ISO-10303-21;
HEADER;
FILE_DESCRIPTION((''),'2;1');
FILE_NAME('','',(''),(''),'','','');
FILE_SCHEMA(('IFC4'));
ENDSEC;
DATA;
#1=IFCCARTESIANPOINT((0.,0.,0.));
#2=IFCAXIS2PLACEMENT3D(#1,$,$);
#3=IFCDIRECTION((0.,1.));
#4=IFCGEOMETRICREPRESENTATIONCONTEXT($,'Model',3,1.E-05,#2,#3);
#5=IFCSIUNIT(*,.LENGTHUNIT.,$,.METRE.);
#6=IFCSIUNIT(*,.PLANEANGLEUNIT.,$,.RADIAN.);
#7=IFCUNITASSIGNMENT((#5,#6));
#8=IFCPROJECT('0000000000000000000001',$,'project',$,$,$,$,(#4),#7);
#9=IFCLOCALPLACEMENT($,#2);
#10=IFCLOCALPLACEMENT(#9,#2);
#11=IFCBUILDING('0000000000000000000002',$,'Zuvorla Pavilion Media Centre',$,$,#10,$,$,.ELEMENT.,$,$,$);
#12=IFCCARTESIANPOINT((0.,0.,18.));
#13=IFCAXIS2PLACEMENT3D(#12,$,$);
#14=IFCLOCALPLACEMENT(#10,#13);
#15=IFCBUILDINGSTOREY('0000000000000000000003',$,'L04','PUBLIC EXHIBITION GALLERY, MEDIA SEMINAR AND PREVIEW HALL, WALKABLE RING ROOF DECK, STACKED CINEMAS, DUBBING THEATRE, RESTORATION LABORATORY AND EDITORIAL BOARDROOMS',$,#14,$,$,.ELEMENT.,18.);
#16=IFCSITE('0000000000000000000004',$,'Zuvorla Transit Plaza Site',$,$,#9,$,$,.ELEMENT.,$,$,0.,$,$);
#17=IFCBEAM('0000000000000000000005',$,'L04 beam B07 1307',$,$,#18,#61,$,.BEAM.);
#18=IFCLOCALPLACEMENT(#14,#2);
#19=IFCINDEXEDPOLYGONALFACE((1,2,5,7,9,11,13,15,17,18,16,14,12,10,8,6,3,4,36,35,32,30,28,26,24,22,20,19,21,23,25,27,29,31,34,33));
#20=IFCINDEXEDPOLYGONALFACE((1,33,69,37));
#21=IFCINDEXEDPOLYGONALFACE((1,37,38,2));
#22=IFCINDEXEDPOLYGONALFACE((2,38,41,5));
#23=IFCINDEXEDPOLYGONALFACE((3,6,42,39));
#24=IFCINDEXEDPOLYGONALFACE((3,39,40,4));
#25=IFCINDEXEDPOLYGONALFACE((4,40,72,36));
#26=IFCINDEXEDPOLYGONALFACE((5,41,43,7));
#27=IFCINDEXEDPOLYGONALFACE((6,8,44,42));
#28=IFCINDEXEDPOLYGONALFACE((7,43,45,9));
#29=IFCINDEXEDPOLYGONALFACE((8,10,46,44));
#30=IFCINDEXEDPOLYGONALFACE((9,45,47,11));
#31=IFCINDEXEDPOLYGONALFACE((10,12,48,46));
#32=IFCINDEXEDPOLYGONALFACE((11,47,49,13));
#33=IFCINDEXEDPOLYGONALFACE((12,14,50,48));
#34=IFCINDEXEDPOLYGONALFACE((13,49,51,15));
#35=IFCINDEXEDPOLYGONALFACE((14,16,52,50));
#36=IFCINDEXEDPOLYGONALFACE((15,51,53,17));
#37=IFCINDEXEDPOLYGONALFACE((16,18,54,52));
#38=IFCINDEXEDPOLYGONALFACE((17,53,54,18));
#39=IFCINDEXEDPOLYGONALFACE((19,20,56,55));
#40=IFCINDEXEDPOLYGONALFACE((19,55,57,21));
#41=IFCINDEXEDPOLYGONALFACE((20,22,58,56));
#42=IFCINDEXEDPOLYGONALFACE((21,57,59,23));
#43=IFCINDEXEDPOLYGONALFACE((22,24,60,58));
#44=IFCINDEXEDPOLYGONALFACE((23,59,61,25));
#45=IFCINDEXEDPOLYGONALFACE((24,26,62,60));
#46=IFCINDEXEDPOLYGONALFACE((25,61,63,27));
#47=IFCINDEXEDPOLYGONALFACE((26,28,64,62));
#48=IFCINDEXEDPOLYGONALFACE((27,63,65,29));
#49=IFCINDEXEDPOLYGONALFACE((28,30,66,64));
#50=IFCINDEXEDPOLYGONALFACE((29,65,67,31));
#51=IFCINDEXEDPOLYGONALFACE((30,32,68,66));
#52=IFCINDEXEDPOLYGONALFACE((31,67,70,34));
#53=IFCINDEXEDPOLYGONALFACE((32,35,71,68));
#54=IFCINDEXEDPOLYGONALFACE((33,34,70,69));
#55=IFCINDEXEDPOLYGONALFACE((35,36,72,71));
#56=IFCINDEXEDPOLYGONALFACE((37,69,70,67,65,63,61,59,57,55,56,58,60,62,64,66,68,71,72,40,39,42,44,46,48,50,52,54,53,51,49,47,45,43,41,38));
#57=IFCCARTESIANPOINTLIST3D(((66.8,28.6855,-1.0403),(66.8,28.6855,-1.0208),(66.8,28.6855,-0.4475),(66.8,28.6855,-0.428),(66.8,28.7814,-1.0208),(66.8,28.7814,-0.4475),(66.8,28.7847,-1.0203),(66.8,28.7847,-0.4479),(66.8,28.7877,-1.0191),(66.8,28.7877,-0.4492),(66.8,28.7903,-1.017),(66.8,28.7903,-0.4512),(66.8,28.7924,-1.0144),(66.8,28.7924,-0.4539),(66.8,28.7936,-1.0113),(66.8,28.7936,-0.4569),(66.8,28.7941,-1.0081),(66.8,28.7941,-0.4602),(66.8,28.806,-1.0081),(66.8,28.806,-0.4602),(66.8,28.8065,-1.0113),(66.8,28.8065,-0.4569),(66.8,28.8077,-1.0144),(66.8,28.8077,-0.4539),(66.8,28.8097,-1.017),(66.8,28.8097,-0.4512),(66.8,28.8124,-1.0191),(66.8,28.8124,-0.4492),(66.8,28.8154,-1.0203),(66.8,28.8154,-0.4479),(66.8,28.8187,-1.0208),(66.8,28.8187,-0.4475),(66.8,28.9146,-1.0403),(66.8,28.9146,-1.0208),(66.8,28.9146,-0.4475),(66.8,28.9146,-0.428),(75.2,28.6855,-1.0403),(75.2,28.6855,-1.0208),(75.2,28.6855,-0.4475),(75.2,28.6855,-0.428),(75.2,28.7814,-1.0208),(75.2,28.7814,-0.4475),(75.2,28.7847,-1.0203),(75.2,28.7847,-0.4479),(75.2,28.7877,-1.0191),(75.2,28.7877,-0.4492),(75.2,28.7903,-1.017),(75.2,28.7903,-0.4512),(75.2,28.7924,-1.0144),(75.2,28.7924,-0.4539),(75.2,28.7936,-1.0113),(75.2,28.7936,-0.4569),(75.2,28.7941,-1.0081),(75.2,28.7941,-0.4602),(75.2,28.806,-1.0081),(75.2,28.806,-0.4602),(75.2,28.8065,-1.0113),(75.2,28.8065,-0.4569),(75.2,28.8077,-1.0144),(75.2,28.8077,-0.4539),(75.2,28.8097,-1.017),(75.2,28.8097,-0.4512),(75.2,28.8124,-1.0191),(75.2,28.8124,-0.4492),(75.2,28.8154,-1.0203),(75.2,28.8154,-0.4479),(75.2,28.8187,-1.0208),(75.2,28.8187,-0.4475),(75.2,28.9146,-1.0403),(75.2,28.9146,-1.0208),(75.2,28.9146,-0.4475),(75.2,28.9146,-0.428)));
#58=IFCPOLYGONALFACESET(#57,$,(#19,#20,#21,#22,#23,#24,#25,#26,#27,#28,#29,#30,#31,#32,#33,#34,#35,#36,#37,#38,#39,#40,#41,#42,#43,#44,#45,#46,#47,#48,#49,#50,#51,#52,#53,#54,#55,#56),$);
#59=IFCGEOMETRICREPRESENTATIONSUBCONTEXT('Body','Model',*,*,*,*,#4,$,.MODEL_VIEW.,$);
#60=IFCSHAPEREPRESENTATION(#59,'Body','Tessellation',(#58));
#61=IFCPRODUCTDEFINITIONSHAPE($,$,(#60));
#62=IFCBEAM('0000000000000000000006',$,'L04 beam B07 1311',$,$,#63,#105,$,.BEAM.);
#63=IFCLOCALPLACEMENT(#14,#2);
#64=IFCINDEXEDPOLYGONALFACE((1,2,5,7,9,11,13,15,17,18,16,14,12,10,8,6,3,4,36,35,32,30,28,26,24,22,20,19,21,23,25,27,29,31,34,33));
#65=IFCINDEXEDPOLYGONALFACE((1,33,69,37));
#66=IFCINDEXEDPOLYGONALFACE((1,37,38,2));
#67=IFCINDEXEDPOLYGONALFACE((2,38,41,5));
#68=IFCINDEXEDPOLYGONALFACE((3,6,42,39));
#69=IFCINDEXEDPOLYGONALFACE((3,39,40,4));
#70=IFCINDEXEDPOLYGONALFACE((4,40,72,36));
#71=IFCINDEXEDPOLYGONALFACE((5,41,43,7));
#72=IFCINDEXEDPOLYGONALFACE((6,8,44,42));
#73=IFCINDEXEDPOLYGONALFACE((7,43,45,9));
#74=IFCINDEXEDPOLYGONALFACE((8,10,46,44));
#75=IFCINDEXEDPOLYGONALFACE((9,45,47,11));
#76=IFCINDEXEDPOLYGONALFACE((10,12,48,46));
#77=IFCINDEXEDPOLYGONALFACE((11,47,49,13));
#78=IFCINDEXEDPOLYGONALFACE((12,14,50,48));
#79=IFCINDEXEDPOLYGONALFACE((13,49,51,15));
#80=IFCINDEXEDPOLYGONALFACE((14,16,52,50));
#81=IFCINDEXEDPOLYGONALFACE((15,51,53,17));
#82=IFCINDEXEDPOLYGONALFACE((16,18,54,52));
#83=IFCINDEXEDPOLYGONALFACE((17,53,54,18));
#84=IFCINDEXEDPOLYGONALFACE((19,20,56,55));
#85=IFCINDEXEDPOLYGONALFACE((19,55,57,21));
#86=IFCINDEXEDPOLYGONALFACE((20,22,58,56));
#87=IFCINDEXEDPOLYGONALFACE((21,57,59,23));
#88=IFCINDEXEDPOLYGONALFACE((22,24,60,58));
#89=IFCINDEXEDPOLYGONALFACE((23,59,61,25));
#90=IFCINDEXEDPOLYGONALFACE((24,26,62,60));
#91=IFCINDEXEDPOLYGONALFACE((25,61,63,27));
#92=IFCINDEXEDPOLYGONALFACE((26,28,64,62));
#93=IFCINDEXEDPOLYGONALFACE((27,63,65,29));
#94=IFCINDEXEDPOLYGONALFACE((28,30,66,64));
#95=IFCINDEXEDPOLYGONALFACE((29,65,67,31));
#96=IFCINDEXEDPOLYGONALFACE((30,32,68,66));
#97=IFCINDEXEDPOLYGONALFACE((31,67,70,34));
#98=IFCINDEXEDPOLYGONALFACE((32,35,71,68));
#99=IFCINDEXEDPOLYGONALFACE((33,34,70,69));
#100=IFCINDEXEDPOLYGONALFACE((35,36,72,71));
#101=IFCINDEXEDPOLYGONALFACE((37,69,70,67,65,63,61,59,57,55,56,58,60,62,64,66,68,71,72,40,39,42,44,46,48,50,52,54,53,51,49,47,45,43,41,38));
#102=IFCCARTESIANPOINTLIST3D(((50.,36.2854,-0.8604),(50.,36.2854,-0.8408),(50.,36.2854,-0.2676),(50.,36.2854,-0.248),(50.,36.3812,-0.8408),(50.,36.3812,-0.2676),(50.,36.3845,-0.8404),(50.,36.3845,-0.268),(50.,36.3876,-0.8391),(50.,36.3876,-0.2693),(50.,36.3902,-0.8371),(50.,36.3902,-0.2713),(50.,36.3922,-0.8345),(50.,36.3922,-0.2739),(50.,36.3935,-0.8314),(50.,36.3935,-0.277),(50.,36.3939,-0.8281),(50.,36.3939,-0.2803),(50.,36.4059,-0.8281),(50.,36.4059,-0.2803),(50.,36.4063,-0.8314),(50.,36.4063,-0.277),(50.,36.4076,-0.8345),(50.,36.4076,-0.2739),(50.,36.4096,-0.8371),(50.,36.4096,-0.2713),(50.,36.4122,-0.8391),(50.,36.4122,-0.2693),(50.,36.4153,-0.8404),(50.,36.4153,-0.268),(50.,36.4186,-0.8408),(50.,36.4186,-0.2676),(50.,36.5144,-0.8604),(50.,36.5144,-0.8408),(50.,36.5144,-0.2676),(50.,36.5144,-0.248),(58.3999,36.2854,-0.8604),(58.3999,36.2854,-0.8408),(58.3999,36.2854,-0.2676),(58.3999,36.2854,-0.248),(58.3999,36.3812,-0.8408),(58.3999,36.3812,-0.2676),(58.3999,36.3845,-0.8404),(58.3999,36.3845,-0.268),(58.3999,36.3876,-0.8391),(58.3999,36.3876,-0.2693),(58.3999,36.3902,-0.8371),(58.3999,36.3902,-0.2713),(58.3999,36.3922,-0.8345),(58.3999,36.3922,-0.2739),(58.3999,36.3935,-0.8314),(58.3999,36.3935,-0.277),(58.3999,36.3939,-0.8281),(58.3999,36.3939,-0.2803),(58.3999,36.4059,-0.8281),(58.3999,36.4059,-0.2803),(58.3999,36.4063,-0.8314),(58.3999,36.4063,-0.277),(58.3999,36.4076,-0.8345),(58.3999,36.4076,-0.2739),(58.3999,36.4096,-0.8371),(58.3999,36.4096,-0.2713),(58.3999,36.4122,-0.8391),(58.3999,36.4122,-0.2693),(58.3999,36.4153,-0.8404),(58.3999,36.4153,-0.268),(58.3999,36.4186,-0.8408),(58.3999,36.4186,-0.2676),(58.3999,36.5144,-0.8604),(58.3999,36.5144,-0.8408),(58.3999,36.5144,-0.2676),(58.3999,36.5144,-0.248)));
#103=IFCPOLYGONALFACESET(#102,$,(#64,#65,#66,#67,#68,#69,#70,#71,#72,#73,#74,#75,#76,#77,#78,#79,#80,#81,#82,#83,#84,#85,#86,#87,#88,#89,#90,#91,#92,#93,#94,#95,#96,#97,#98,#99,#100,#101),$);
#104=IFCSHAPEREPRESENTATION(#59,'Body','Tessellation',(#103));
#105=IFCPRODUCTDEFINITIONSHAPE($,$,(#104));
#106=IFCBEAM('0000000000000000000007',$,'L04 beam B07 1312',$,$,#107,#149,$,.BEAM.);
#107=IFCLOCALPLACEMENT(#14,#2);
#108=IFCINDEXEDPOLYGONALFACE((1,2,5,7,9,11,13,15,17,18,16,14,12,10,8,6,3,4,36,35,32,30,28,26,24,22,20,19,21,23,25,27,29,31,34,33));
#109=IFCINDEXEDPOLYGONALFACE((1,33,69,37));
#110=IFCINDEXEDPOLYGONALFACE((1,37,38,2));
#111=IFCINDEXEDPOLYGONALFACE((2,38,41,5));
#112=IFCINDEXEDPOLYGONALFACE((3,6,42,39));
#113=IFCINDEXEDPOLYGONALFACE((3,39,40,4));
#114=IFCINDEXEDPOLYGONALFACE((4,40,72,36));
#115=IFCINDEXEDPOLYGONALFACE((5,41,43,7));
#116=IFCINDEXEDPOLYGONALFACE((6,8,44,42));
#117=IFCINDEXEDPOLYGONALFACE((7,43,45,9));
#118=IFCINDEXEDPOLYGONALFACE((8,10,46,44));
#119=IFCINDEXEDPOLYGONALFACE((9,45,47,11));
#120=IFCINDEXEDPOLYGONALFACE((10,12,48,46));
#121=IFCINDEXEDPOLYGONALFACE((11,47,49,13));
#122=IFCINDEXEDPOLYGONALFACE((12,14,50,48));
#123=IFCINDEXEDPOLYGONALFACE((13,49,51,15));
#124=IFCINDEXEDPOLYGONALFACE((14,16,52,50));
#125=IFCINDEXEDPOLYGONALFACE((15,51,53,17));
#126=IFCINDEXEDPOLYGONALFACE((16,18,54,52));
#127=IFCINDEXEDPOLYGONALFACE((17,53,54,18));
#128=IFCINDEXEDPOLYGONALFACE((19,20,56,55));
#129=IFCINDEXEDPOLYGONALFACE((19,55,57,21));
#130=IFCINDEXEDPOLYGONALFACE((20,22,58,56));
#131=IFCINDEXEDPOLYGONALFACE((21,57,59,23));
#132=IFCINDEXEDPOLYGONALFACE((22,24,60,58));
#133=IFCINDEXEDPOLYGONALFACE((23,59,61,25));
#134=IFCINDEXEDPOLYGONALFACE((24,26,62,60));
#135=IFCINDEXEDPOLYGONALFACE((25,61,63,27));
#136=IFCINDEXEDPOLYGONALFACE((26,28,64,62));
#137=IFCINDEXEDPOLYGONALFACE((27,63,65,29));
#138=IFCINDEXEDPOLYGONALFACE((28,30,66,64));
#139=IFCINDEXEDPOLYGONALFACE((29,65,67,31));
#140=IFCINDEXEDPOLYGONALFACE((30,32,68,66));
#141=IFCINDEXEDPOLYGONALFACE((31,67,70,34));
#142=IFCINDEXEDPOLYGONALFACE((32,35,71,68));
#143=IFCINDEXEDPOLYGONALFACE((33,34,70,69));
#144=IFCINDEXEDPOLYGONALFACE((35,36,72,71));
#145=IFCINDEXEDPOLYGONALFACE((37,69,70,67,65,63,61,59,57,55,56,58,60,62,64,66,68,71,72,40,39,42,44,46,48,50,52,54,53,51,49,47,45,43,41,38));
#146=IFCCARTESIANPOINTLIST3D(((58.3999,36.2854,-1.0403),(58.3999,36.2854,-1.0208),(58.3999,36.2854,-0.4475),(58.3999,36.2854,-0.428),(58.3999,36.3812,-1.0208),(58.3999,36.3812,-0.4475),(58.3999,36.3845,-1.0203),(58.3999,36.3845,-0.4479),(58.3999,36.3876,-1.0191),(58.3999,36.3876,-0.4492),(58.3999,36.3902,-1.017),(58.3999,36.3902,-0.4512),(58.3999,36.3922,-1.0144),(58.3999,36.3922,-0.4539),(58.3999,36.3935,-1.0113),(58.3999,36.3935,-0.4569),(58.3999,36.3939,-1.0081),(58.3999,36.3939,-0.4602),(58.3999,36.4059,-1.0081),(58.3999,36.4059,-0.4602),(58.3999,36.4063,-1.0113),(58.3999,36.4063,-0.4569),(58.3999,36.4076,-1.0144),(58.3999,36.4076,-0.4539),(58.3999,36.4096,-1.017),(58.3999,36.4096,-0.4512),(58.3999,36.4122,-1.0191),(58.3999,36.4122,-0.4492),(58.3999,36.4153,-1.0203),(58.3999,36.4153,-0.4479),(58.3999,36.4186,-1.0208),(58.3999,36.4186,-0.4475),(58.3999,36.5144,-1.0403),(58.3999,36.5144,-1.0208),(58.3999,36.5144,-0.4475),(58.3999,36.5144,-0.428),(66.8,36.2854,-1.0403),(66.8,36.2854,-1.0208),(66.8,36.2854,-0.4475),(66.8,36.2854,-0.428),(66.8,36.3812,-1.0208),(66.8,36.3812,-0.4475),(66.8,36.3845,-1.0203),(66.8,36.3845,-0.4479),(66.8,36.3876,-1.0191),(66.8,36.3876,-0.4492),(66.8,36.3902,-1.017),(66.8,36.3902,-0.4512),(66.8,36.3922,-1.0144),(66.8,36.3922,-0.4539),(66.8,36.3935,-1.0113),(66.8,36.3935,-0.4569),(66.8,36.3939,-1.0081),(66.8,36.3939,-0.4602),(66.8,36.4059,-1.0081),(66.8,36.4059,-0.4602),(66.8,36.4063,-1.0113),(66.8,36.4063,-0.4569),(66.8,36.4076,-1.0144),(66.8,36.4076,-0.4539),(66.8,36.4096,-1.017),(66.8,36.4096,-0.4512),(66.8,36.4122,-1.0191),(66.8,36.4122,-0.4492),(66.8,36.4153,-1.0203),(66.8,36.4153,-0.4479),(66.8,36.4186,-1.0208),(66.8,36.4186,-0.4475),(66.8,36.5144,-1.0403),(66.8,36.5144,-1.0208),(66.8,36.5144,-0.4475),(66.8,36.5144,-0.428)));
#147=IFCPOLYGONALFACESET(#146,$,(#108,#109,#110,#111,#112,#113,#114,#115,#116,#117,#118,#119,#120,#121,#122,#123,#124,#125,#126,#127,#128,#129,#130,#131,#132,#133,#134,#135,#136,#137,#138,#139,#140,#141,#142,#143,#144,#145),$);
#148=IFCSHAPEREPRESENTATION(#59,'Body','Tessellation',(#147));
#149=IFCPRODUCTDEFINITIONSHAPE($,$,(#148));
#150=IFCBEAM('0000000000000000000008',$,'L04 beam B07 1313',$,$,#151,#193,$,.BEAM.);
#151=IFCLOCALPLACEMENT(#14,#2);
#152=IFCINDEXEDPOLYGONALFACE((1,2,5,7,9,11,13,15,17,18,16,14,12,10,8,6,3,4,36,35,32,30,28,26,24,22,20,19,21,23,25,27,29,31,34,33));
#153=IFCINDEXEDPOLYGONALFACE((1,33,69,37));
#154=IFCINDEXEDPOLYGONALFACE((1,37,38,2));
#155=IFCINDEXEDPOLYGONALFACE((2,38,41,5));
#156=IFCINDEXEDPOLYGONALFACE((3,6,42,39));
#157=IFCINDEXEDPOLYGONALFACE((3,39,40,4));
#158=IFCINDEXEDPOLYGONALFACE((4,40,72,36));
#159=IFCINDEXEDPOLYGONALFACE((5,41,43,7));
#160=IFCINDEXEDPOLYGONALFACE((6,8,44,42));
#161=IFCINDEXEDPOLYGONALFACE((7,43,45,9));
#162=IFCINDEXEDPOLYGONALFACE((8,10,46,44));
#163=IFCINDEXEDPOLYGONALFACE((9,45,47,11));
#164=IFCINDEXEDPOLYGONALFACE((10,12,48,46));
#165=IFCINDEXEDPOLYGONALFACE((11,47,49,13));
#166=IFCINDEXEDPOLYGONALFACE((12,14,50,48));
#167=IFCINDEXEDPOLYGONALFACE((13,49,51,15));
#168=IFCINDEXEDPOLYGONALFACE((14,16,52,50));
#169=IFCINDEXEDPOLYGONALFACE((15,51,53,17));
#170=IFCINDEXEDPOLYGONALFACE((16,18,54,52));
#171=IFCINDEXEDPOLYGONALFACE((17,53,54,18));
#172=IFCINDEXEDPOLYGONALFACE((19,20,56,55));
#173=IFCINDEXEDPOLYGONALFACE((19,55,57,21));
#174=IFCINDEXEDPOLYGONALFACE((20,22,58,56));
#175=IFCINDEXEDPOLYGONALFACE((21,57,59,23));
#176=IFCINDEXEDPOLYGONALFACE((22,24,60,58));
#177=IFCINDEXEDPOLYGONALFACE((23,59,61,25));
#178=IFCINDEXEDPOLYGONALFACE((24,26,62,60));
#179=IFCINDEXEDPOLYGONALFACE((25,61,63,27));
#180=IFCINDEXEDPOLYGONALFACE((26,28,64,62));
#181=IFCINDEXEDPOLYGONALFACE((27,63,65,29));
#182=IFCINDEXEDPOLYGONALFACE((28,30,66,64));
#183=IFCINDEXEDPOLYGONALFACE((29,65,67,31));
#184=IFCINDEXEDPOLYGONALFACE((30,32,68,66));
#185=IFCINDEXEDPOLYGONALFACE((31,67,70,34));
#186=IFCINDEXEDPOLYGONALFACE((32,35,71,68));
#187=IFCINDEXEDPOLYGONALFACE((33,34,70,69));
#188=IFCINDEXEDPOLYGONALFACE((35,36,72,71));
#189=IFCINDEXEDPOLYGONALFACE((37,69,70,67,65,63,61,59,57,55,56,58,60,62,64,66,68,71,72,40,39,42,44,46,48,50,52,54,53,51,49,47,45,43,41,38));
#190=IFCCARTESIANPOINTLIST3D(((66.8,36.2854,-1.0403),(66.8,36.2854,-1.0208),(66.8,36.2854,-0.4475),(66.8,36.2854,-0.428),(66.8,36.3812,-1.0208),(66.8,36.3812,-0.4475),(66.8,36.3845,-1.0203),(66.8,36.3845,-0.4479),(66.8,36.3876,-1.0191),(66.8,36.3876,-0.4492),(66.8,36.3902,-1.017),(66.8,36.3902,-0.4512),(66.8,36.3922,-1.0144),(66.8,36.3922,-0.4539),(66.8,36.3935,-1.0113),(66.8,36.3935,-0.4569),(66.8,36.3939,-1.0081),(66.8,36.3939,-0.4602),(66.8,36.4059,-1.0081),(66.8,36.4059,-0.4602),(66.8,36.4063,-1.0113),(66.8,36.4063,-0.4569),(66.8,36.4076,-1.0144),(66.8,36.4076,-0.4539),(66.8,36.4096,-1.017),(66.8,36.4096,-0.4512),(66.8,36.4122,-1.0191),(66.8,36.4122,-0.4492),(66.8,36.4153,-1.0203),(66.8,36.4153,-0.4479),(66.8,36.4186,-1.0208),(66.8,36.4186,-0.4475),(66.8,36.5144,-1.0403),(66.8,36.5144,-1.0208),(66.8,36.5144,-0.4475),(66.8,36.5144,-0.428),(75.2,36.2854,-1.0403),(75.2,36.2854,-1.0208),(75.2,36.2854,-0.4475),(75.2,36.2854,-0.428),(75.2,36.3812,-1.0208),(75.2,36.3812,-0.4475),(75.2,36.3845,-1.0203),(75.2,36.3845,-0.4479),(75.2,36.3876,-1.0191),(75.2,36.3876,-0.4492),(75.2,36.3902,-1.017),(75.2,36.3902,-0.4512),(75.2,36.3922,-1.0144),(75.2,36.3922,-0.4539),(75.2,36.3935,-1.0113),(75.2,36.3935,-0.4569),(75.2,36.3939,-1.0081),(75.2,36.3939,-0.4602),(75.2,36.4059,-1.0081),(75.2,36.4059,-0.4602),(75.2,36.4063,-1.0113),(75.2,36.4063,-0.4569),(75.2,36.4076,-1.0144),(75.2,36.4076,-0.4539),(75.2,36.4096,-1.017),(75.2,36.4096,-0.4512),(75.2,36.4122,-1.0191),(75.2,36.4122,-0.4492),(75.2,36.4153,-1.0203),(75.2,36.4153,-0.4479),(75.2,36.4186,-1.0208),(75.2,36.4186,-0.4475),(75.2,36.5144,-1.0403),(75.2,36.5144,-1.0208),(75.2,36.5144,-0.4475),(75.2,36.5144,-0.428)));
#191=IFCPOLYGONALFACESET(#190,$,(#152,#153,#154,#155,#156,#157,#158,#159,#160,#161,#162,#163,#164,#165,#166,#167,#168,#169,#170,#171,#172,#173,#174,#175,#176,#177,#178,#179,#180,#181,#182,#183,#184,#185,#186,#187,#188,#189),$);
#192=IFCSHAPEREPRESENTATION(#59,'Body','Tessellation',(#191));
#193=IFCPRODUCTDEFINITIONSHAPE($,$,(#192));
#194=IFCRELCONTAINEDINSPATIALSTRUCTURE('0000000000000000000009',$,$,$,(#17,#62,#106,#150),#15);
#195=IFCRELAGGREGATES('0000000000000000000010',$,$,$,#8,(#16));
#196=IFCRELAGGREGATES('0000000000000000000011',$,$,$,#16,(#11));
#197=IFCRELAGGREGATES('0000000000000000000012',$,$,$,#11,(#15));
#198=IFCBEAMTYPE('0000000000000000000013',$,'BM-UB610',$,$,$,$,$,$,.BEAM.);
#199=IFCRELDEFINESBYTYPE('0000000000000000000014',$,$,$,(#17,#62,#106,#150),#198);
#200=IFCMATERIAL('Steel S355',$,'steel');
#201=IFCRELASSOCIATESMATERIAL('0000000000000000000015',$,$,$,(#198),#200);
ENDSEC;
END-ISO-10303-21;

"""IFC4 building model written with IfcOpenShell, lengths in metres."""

from ifc_helpers import new_model, si_unit, direction, frame, origin, origin_2d, place, context, subcontext, project, spatial, i_section, extrude, material, material_profile, profile_set, type_object, element, save


model = new_model("IFC4")

# Units and contexts
model_context = context("Model", 3, precision=1e-05, world=origin(), true_north=direction((0.0, 1.0)))
body_context = subcontext(model_context, "Body", "Model", "MODEL_VIEW")
ifc_project = project(units=[si_unit("LENGTHUNIT", "METRE"), si_unit("PLANEANGLEUNIT", "RADIAN")], contexts=[model_context])

# Site, building, storey
site_placement = place(None, origin())
site = spatial("IfcSite", under=ifc_project, at=site_placement, Name="Zuvorla Transit Plaza Site", CompositionType="ELEMENT", RefElevation=0.0)
building_placement = place(site_placement, origin())
building = spatial("IfcBuilding", under=site, at=building_placement, Name="Zuvorla Pavilion Media Centre", CompositionType="ELEMENT")
storey_placement = place(building_placement, frame((0.0, 0.0, 18.0)))
storey = spatial("IfcBuildingStorey", under=building, at=storey_placement, Name="L04", Description="PUBLIC EXHIBITION GALLERY, MEDIA SEMINAR AND PREVIEW HALL, WALKABLE RING ROOF DECK, STACKED CINEMAS, DUBBING THEATRE, RESTORATION LABORATORY AND EDITORIAL BOARDROOMS", CompositionType="ELEMENT", Elevation=18.0)

# Beams
ifc_material_1 = material(Name="Steel S355", Category="steel")
ifc_material_profile_1 = material_profile(ifc_material_1, i_section(OverallWidth=0.229, OverallDepth=0.6123, WebThickness=0.012, FlangeThickness=0.0195, FilletRadius=0.0127, at=origin_2d()), Name="UB 610x229x125")
ifc_profile_set_1 = profile_set([ifc_material_profile_1], Name="Steel S355")
beam_type_1 = type_object("IfcBeamType", Name="BM-UB610", PredefinedType="BEAM", material=ifc_profile_set_1)
for number, where, z_axis, x_axis, name in (
    (1, (66.8, 28.8, -0.7341), (1.0, 0.0, 0.0), (0.0, 1.0, 0.0), "L04 beam B07 1307"),
    (2, (50.0, 36.3999, -0.5542), (1.0, 0.0, 0.0), (0.0, 1.0, 0.0), "L04 beam B07 1311"),
):
    element("IfcBeam", number, at=place(storey_placement, frame(where, z_axis=z_axis, x_axis=x_axis)), inside=storey, type_object=beam_type_1, Name=name, PredefinedType="BEAM", context=body_context, shape_type="SweptSolid", body=[
        extrude(i_section(OverallWidth=0.229, OverallDepth=0.6123, WebThickness=0.012, FlangeThickness=0.0195, FilletRadius=0.0127, at=origin_2d()), origin(), (0.0, 0.0, 1.0), 8.3999),
    ])
beam_1_placement = place(storey_placement, frame((58.3999, 36.3999, -0.7341), z_axis=(1.0, 0.0, 0.0), x_axis=(0.0, 1.0, 0.0)))
element("IfcBeam", 3, at=beam_1_placement, inside=storey, type_object=beam_type_1, Name="L04 beam B07 1312", PredefinedType="BEAM", context=body_context, shape_type="SweptSolid", body=[
    extrude(i_section(OverallWidth=0.229, OverallDepth=0.6123, WebThickness=0.012, FlangeThickness=0.0195, FilletRadius=0.0127, at=origin_2d()), origin(), (0.0, 0.0, 1.0), 8.4001),
])
beam_2_placement = place(storey_placement, frame((66.8, 36.3999, -0.7341), z_axis=(1.0, 0.0, 0.0), x_axis=(0.0, 1.0, 0.0)))
element("IfcBeam", 4, at=beam_2_placement, inside=storey, type_object=beam_type_1, Name="L04 beam B07 1313", PredefinedType="BEAM", context=body_context, shape_type="SweptSolid", body=[
    extrude(i_section(OverallWidth=0.229, OverallDepth=0.6123, WebThickness=0.012, FlangeThickness=0.0195, FilletRadius=0.0127, at=origin_2d()), origin(), (0.0, 0.0, 1.0), 8.3999),
])

save(model, "model.ifc")
